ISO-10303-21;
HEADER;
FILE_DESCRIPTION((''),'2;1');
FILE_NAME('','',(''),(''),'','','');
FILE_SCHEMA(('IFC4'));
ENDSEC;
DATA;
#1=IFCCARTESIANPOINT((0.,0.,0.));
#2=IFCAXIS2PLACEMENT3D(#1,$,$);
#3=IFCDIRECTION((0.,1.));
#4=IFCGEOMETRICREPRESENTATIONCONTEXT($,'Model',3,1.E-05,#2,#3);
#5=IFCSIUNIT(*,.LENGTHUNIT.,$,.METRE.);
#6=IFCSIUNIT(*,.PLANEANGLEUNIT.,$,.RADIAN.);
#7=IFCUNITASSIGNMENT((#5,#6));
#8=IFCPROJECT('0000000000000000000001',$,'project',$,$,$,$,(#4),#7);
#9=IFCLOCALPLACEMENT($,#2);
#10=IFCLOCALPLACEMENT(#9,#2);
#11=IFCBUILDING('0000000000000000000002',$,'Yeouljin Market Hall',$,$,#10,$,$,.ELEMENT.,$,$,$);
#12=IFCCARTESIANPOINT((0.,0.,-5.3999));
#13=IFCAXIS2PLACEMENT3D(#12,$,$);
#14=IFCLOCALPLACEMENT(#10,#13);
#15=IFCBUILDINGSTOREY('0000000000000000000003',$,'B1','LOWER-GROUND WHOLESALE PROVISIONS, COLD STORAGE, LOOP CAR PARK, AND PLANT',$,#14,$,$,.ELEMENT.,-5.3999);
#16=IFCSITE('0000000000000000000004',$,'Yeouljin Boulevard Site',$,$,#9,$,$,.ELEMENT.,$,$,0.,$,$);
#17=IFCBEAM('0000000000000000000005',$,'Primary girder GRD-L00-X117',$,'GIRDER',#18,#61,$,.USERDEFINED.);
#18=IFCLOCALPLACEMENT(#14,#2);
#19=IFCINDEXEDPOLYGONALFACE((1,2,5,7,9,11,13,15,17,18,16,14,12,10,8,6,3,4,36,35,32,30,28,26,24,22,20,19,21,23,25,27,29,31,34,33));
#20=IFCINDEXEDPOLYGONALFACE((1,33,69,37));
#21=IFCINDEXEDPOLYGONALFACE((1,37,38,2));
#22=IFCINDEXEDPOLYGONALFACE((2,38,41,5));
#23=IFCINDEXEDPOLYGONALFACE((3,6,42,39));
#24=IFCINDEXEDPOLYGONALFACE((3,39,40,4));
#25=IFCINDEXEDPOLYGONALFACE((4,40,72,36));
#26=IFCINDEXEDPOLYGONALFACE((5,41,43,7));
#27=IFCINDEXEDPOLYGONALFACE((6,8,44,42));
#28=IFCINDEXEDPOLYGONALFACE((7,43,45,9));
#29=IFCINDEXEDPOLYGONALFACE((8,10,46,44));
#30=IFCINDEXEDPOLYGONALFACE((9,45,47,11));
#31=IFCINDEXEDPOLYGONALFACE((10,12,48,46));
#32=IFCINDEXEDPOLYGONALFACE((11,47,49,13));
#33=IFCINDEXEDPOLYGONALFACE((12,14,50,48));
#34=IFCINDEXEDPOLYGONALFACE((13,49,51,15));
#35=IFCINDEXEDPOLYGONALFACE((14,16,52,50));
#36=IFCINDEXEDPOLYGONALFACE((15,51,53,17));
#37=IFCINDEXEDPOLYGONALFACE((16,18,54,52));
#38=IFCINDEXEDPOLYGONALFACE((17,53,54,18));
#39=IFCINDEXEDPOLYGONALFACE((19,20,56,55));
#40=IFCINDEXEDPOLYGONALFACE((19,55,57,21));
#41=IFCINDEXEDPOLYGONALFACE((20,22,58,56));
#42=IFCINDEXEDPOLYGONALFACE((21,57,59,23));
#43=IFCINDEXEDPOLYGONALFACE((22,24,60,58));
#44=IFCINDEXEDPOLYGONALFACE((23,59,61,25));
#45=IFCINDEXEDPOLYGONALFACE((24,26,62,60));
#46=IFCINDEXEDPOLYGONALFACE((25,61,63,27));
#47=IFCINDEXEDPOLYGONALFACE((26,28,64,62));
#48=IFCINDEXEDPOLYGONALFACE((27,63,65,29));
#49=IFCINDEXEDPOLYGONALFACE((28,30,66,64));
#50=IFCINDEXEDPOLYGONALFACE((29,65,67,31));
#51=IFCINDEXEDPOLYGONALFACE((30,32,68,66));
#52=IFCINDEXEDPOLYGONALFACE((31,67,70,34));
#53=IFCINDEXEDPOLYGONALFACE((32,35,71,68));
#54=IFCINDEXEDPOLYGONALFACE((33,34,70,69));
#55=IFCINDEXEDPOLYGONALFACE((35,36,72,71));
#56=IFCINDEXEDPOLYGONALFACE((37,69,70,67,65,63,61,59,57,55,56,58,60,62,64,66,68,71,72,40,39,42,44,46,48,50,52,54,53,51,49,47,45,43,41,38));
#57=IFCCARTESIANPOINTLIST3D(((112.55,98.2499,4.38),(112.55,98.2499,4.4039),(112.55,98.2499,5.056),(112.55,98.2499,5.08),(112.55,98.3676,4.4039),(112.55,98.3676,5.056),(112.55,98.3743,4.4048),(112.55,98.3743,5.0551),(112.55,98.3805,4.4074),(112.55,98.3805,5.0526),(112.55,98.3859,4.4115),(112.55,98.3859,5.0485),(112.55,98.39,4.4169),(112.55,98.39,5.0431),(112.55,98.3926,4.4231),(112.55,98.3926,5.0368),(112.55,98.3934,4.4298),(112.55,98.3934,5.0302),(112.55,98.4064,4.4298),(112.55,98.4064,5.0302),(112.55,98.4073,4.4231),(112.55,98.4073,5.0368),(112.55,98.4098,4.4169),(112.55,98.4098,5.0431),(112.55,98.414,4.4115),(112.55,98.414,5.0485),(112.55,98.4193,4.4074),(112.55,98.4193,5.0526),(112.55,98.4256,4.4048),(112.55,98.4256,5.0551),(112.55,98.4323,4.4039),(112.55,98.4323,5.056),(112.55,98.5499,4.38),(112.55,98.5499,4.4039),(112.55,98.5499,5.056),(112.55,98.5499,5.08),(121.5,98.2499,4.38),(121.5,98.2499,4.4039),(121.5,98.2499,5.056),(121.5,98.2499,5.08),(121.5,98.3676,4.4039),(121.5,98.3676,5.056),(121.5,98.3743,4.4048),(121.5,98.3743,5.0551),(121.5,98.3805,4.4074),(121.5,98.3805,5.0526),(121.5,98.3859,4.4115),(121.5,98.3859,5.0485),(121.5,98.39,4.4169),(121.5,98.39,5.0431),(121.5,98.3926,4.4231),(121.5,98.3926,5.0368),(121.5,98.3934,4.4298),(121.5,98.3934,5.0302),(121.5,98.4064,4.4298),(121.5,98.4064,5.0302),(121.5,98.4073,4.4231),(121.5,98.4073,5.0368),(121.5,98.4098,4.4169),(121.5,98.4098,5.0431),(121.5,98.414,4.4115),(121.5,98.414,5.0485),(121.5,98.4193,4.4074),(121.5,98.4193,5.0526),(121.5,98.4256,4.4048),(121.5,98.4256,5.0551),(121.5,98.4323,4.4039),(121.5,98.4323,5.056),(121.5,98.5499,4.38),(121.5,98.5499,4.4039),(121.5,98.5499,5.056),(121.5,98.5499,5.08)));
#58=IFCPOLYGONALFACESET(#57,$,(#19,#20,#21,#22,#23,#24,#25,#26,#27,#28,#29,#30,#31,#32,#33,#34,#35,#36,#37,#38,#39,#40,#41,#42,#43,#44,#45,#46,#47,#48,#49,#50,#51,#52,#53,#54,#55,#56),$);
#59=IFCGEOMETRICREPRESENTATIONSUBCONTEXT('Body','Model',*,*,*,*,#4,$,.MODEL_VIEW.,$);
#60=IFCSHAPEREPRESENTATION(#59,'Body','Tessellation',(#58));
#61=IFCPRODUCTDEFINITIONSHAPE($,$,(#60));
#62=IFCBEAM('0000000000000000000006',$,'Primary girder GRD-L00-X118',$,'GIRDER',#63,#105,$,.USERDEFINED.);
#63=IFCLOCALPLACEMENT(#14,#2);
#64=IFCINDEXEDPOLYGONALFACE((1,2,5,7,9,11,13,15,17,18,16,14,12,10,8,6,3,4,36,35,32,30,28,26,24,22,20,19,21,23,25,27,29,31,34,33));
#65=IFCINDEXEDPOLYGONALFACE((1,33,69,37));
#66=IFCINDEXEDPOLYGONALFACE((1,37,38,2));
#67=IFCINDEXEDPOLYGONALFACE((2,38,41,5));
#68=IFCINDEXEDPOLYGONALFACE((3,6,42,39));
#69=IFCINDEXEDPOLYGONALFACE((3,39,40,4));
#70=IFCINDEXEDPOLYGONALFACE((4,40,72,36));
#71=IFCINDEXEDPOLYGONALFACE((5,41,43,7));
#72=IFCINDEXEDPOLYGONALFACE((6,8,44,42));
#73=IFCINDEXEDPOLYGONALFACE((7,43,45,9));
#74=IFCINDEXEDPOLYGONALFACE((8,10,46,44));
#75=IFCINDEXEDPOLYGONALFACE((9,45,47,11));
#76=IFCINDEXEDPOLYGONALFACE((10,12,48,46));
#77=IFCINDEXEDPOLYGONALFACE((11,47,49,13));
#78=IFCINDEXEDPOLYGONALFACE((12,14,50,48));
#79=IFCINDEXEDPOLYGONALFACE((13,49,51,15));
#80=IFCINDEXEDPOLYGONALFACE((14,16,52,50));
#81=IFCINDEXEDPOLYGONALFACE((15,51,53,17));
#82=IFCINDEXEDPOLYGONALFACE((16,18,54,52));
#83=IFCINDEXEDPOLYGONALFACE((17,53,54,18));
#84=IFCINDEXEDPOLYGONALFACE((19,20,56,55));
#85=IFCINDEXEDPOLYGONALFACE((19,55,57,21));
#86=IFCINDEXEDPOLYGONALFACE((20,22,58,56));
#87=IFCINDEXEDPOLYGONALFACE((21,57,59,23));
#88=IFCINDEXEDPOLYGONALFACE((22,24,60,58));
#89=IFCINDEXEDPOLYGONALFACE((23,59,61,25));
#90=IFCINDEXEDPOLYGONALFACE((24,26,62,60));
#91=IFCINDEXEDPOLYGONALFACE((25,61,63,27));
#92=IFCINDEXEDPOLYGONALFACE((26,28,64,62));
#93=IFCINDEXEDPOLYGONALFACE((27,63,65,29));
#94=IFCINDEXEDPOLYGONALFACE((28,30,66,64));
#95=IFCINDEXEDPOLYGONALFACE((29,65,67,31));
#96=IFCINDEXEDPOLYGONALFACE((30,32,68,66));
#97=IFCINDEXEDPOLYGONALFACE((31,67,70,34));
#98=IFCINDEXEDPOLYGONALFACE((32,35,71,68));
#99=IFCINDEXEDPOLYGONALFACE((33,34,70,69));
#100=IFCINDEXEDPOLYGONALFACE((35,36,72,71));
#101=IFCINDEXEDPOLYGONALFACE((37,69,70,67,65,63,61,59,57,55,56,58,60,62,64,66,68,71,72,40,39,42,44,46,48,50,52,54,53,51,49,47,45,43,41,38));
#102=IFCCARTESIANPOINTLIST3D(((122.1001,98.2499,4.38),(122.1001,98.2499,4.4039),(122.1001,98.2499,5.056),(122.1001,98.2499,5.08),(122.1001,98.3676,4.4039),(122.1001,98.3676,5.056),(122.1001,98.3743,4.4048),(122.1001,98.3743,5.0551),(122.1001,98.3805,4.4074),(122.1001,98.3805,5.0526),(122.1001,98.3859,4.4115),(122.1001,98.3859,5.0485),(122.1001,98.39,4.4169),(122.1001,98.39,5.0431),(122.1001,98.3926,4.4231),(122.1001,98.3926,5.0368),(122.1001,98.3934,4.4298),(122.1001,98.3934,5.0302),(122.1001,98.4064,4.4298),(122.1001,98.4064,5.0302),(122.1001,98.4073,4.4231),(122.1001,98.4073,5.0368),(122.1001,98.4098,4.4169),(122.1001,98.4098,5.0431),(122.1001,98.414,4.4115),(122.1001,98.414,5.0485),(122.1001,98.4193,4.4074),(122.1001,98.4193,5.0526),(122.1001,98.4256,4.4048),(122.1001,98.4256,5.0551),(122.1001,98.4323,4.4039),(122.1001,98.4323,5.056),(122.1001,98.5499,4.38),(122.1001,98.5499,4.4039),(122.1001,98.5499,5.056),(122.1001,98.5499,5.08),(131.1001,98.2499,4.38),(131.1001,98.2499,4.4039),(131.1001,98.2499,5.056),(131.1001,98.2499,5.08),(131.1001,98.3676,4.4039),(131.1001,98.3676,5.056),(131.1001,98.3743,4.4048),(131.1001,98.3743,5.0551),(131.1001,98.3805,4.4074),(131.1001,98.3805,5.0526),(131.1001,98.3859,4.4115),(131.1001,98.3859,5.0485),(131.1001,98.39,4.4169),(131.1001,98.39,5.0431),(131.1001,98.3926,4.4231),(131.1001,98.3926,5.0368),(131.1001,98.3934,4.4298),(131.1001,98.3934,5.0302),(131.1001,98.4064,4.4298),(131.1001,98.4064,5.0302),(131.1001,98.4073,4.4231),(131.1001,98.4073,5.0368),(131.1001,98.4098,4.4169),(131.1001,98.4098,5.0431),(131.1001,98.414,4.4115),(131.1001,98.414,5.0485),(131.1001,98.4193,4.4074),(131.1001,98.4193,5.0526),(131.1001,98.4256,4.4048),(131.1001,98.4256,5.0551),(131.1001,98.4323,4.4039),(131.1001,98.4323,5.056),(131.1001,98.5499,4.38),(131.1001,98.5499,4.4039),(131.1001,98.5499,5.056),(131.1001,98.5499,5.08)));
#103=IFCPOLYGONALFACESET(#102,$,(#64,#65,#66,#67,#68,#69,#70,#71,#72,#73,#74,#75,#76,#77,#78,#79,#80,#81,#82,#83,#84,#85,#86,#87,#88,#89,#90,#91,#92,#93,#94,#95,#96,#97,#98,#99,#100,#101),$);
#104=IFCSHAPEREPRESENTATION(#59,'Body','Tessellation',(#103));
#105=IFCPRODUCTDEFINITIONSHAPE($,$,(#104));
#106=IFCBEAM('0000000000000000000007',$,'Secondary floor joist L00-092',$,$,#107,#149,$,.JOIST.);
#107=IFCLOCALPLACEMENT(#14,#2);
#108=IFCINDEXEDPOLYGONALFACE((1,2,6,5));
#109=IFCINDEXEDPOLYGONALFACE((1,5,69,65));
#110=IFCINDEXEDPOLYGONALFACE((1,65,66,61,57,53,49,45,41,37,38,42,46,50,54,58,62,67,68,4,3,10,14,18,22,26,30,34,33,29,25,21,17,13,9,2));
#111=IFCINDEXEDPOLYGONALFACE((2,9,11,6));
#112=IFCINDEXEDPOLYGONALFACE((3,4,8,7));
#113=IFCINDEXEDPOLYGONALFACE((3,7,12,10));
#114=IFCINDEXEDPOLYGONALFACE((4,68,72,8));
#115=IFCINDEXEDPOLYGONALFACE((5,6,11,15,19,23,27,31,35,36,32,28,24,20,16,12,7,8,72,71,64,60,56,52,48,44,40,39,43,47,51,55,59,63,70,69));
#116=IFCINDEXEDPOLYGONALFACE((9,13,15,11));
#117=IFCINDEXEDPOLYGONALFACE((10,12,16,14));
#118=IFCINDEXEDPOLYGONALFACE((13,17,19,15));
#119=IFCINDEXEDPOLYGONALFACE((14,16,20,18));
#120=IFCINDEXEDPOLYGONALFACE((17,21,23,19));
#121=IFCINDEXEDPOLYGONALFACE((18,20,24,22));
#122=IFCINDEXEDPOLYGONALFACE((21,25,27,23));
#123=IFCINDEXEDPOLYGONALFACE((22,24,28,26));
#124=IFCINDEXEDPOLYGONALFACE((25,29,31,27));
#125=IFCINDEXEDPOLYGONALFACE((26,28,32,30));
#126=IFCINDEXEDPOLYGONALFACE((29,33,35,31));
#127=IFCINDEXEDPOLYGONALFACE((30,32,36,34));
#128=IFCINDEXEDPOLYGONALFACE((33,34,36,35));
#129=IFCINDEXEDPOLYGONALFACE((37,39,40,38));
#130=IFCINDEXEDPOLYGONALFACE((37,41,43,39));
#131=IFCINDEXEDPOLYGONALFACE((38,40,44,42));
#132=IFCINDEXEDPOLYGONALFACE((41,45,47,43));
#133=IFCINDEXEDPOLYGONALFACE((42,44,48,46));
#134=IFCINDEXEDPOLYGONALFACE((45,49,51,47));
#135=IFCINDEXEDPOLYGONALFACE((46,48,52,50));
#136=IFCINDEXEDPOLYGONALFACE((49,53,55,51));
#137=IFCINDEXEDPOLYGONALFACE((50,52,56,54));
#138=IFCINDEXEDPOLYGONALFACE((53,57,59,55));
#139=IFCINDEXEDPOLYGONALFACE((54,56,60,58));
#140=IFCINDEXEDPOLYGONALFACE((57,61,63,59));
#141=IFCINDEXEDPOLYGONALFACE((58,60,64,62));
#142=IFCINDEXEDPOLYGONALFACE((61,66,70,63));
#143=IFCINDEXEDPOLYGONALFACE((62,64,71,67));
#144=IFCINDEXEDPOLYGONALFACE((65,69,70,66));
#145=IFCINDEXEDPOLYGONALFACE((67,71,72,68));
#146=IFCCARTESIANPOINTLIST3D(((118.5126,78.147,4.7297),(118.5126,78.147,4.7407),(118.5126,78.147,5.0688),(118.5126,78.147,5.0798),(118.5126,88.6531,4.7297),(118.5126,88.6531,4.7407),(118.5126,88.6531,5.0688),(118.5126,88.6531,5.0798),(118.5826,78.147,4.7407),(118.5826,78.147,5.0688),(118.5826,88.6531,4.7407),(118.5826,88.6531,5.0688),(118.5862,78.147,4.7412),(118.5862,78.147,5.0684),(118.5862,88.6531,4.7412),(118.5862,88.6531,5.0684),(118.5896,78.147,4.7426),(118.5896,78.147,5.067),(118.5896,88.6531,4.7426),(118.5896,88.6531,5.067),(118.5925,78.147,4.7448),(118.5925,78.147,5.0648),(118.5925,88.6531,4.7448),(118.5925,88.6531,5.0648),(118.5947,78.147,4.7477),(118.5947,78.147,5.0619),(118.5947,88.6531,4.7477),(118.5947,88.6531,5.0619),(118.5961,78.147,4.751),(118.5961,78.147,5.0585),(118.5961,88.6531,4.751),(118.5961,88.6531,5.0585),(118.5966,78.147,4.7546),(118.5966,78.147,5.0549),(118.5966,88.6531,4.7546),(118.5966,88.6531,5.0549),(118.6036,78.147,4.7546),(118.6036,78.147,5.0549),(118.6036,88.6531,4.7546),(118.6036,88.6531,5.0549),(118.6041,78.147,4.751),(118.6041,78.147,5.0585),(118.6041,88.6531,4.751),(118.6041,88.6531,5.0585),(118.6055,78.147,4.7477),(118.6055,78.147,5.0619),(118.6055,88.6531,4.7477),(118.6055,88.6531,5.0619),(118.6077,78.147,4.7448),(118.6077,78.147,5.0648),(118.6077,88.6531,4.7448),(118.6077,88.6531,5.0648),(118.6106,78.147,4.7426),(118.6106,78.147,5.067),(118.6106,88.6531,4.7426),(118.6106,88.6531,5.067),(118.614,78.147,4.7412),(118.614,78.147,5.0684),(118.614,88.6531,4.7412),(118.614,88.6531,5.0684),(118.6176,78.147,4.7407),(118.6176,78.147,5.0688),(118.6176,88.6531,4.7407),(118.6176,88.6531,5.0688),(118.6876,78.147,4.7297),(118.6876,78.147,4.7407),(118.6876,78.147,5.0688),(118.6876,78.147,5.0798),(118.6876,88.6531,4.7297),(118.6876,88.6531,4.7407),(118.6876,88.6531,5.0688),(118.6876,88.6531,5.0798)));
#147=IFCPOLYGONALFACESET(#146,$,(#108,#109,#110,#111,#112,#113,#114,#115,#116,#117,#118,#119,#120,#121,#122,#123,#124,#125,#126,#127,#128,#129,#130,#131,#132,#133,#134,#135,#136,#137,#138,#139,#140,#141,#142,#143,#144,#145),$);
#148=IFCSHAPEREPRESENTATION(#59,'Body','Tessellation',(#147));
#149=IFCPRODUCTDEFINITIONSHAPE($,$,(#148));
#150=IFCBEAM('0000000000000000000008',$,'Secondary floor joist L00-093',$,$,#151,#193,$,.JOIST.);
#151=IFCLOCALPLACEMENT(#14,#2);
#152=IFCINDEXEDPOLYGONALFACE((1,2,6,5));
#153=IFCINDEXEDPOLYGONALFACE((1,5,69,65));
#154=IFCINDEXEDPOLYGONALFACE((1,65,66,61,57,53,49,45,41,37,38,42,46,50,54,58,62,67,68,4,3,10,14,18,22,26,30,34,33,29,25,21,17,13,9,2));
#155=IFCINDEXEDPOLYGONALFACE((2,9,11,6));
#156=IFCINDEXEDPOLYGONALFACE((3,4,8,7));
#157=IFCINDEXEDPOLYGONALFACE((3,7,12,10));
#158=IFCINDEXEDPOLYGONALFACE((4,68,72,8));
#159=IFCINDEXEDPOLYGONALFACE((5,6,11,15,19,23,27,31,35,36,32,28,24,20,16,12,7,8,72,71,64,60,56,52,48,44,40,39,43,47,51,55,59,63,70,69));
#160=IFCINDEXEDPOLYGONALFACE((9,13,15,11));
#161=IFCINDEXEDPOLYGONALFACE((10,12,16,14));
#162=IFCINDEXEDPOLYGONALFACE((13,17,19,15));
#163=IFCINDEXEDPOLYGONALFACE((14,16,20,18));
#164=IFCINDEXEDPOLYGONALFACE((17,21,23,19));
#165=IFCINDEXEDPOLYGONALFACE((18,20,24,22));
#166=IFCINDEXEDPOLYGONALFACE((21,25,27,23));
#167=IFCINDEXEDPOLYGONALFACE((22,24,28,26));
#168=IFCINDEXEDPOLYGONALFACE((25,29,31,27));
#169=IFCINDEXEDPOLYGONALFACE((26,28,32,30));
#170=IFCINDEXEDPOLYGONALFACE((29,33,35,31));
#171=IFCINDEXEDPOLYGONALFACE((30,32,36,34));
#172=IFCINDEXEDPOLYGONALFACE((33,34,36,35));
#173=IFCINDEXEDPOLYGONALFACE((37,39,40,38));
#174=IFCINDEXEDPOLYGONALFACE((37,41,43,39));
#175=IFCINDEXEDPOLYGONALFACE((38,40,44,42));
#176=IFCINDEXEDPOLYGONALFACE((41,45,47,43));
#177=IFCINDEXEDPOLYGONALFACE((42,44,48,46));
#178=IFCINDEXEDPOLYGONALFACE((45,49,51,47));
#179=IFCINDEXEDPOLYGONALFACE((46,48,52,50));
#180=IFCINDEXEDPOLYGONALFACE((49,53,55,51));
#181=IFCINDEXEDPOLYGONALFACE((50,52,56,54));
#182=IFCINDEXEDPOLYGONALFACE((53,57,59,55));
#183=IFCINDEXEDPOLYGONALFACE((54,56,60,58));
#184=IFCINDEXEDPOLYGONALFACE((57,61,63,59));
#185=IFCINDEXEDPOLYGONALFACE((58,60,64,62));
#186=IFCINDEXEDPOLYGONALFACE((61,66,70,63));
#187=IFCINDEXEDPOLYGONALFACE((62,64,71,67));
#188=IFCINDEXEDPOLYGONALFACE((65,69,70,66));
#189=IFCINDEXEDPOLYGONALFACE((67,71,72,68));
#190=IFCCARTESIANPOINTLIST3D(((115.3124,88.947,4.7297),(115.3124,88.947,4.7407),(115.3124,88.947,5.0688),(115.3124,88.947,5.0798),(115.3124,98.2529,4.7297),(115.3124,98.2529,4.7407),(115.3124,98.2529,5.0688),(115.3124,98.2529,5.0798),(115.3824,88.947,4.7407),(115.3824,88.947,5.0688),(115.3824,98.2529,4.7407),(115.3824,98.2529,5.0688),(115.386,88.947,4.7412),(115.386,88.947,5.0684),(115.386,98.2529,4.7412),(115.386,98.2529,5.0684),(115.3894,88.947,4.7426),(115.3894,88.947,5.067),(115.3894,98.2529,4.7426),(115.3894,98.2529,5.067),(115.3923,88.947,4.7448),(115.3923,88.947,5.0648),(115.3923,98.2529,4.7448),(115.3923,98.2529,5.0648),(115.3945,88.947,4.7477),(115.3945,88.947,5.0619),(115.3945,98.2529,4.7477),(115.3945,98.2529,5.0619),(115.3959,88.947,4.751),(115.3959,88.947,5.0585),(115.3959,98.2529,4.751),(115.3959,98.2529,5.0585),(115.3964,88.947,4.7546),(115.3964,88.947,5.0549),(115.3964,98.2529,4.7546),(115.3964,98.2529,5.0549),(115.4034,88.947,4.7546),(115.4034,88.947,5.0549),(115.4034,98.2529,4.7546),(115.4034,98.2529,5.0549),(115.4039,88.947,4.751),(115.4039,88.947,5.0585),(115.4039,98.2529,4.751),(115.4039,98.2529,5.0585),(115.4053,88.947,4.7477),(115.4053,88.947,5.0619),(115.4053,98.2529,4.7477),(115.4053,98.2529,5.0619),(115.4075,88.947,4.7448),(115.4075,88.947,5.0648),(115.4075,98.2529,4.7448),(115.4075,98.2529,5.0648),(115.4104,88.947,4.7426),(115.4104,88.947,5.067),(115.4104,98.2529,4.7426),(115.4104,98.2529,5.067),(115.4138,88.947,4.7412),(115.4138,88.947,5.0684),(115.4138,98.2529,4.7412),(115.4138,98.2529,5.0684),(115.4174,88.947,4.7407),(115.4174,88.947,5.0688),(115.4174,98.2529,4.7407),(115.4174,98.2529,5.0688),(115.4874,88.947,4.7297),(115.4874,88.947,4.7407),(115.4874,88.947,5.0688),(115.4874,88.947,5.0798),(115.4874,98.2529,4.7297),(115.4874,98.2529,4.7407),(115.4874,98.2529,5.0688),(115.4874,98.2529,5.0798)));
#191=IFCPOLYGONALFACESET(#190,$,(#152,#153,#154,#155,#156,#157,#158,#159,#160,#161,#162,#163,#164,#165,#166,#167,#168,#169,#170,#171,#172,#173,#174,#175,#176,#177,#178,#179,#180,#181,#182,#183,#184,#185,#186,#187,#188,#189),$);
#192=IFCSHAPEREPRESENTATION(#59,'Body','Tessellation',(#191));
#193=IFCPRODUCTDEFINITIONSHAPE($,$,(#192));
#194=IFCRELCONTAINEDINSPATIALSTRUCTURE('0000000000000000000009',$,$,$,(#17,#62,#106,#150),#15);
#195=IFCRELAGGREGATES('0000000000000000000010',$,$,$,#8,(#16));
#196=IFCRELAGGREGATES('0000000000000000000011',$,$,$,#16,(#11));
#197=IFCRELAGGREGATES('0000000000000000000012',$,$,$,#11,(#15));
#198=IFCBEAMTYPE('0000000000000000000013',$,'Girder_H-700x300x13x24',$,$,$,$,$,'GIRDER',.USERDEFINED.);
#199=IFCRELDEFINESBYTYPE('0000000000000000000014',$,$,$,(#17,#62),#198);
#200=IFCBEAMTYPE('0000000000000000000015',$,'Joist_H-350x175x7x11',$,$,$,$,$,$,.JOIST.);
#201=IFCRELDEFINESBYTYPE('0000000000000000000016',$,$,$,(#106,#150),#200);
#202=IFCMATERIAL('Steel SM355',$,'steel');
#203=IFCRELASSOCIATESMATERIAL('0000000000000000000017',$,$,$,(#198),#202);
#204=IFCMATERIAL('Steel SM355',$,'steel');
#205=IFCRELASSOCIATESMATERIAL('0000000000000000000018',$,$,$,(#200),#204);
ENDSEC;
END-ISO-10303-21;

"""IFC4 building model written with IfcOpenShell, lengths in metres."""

from ifc_helpers import new_model, si_unit, direction, frame, origin, origin_2d, place, context, subcontext, project, spatial, i_section, extrude, material, material_profile, profile_set, type_object, element, save


model = new_model("IFC4")

# Units and contexts
model_context = context("Model", 3, precision=1e-05, world=origin(), true_north=direction((0.0, 1.0)))
body_context = subcontext(model_context, "Body", "Model", "MODEL_VIEW")
ifc_project = project(units=[si_unit("LENGTHUNIT", "METRE"), si_unit("PLANEANGLEUNIT", "RADIAN")], contexts=[model_context])

# Site, building, storey
site_placement = place(None, origin())
site = spatial("IfcSite", under=ifc_project, at=site_placement, Name="Yeouljin Boulevard Site", CompositionType="ELEMENT", RefElevation=0.0)
building_placement = place(site_placement, origin())
building = spatial("IfcBuilding", under=site, at=building_placement, Name="Yeouljin Market Hall", CompositionType="ELEMENT")
storey_placement = place(building_placement, frame((0.0, 0.0, -5.3999)))
storey = spatial("IfcBuildingStorey", under=building, at=storey_placement, Name="B1", Description="LOWER-GROUND WHOLESALE PROVISIONS, COLD STORAGE, LOOP CAR PARK, AND PLANT", CompositionType="ELEMENT", Elevation=-5.3999)

# Beams
ifc_material_1 = material(Name="Steel SM355", Category="steel")
ifc_material_profile_1 = material_profile(ifc_material_1, i_section(OverallWidth=0.3, OverallDepth=0.7, WebThickness=0.0129, FlangeThickness=0.0239, FilletRadius=0.0259, at=origin_2d()), Name="H-700x300x13x24")
ifc_profile_set_1 = profile_set([ifc_material_profile_1], Name="Steel SM355")
beam_type_1 = type_object("IfcBeamType", Name="Girder_H-700x300x13x24", ElementType="GIRDER", PredefinedType="USERDEFINED", material=ifc_profile_set_1)
beam_1_placement = place(storey_placement, frame((112.55, 98.3999, 4.73), z_axis=(1.0, 0.0, 0.0), x_axis=(0.0, 1.0, 0.0)))
element("IfcBeam", 1, at=beam_1_placement, inside=storey, type_object=beam_type_1, Name="Primary girder GRD-L00-X117", ObjectType="GIRDER", PredefinedType="USERDEFINED", context=body_context, shape_type="SweptSolid", body=[
    extrude(i_section(OverallWidth=0.3, OverallDepth=0.7, WebThickness=0.0129, FlangeThickness=0.0239, FilletRadius=0.0259, at=origin_2d()), origin(), (0.0, 0.0, 1.0), 8.95),
])
beam_2_placement = place(storey_placement, frame((122.1001, 98.3999, 4.73), z_axis=(1.0, 0.0, 0.0), x_axis=(0.0, 1.0, 0.0)))
element("IfcBeam", 2, at=beam_2_placement, inside=storey, type_object=beam_type_1, Name="Primary girder GRD-L00-X118", ObjectType="GIRDER", PredefinedType="USERDEFINED", context=body_context, shape_type="SweptSolid", body=[
    extrude(i_section(OverallWidth=0.3, OverallDepth=0.7, WebThickness=0.0129, FlangeThickness=0.0239, FilletRadius=0.0259, at=origin_2d()), origin(), (0.0, 0.0, 1.0), 9.0),
])
ifc_material_2 = material(Name="Steel SM355", Category="steel")
ifc_material_profile_2 = material_profile(ifc_material_2, i_section(OverallWidth=0.175, OverallDepth=0.3501, WebThickness=0.0071, FlangeThickness=0.011, FilletRadius=0.0139, at=origin_2d()), Name="H-350x175x7x11")
ifc_profile_set_2 = profile_set([ifc_material_profile_2], Name="Steel SM355")
beam_type_2 = type_object("IfcBeamType", Name="Joist_H-350x175x7x11", PredefinedType="JOIST", material=ifc_profile_set_2)
beam_3_placement = place(storey_placement, frame((118.6001, 78.147, 4.9048), z_axis=(0.0, 1.0, 0.0), x_axis=(-1.0, 0.0, 0.0)))
element("IfcBeam", 3, at=beam_3_placement, inside=storey, type_object=beam_type_2, Name="Secondary floor joist L00-092", PredefinedType="JOIST", context=body_context, shape_type="SweptSolid", body=[
    extrude(i_section(OverallWidth=0.175, OverallDepth=0.3501, WebThickness=0.0071, FlangeThickness=0.011, FilletRadius=0.0139, at=origin_2d()), origin(), (0.0, 0.0, 1.0), 10.5061),
])
for number, where, z_axis, x_axis, name in (
    (4, (115.3999, 88.947, 4.9048), (0.0, 1.0, 0.0), (-1.0, 0.0, 0.0), "Secondary floor joist L00-093"),
):
    element("IfcBeam", number, at=place(storey_placement, frame(where, z_axis=z_axis, x_axis=x_axis)), inside=storey, type_object=beam_type_2, Name=name, PredefinedType="JOIST", context=body_context, shape_type="SweptSolid", body=[
        extrude(i_section(OverallWidth=0.175, OverallDepth=0.3501, WebThickness=0.0071, FlangeThickness=0.011, FilletRadius=0.0139, at=origin_2d()), origin(), (0.0, 0.0, 1.0), 9.3059),
    ])

save(model, "model.ifc")
